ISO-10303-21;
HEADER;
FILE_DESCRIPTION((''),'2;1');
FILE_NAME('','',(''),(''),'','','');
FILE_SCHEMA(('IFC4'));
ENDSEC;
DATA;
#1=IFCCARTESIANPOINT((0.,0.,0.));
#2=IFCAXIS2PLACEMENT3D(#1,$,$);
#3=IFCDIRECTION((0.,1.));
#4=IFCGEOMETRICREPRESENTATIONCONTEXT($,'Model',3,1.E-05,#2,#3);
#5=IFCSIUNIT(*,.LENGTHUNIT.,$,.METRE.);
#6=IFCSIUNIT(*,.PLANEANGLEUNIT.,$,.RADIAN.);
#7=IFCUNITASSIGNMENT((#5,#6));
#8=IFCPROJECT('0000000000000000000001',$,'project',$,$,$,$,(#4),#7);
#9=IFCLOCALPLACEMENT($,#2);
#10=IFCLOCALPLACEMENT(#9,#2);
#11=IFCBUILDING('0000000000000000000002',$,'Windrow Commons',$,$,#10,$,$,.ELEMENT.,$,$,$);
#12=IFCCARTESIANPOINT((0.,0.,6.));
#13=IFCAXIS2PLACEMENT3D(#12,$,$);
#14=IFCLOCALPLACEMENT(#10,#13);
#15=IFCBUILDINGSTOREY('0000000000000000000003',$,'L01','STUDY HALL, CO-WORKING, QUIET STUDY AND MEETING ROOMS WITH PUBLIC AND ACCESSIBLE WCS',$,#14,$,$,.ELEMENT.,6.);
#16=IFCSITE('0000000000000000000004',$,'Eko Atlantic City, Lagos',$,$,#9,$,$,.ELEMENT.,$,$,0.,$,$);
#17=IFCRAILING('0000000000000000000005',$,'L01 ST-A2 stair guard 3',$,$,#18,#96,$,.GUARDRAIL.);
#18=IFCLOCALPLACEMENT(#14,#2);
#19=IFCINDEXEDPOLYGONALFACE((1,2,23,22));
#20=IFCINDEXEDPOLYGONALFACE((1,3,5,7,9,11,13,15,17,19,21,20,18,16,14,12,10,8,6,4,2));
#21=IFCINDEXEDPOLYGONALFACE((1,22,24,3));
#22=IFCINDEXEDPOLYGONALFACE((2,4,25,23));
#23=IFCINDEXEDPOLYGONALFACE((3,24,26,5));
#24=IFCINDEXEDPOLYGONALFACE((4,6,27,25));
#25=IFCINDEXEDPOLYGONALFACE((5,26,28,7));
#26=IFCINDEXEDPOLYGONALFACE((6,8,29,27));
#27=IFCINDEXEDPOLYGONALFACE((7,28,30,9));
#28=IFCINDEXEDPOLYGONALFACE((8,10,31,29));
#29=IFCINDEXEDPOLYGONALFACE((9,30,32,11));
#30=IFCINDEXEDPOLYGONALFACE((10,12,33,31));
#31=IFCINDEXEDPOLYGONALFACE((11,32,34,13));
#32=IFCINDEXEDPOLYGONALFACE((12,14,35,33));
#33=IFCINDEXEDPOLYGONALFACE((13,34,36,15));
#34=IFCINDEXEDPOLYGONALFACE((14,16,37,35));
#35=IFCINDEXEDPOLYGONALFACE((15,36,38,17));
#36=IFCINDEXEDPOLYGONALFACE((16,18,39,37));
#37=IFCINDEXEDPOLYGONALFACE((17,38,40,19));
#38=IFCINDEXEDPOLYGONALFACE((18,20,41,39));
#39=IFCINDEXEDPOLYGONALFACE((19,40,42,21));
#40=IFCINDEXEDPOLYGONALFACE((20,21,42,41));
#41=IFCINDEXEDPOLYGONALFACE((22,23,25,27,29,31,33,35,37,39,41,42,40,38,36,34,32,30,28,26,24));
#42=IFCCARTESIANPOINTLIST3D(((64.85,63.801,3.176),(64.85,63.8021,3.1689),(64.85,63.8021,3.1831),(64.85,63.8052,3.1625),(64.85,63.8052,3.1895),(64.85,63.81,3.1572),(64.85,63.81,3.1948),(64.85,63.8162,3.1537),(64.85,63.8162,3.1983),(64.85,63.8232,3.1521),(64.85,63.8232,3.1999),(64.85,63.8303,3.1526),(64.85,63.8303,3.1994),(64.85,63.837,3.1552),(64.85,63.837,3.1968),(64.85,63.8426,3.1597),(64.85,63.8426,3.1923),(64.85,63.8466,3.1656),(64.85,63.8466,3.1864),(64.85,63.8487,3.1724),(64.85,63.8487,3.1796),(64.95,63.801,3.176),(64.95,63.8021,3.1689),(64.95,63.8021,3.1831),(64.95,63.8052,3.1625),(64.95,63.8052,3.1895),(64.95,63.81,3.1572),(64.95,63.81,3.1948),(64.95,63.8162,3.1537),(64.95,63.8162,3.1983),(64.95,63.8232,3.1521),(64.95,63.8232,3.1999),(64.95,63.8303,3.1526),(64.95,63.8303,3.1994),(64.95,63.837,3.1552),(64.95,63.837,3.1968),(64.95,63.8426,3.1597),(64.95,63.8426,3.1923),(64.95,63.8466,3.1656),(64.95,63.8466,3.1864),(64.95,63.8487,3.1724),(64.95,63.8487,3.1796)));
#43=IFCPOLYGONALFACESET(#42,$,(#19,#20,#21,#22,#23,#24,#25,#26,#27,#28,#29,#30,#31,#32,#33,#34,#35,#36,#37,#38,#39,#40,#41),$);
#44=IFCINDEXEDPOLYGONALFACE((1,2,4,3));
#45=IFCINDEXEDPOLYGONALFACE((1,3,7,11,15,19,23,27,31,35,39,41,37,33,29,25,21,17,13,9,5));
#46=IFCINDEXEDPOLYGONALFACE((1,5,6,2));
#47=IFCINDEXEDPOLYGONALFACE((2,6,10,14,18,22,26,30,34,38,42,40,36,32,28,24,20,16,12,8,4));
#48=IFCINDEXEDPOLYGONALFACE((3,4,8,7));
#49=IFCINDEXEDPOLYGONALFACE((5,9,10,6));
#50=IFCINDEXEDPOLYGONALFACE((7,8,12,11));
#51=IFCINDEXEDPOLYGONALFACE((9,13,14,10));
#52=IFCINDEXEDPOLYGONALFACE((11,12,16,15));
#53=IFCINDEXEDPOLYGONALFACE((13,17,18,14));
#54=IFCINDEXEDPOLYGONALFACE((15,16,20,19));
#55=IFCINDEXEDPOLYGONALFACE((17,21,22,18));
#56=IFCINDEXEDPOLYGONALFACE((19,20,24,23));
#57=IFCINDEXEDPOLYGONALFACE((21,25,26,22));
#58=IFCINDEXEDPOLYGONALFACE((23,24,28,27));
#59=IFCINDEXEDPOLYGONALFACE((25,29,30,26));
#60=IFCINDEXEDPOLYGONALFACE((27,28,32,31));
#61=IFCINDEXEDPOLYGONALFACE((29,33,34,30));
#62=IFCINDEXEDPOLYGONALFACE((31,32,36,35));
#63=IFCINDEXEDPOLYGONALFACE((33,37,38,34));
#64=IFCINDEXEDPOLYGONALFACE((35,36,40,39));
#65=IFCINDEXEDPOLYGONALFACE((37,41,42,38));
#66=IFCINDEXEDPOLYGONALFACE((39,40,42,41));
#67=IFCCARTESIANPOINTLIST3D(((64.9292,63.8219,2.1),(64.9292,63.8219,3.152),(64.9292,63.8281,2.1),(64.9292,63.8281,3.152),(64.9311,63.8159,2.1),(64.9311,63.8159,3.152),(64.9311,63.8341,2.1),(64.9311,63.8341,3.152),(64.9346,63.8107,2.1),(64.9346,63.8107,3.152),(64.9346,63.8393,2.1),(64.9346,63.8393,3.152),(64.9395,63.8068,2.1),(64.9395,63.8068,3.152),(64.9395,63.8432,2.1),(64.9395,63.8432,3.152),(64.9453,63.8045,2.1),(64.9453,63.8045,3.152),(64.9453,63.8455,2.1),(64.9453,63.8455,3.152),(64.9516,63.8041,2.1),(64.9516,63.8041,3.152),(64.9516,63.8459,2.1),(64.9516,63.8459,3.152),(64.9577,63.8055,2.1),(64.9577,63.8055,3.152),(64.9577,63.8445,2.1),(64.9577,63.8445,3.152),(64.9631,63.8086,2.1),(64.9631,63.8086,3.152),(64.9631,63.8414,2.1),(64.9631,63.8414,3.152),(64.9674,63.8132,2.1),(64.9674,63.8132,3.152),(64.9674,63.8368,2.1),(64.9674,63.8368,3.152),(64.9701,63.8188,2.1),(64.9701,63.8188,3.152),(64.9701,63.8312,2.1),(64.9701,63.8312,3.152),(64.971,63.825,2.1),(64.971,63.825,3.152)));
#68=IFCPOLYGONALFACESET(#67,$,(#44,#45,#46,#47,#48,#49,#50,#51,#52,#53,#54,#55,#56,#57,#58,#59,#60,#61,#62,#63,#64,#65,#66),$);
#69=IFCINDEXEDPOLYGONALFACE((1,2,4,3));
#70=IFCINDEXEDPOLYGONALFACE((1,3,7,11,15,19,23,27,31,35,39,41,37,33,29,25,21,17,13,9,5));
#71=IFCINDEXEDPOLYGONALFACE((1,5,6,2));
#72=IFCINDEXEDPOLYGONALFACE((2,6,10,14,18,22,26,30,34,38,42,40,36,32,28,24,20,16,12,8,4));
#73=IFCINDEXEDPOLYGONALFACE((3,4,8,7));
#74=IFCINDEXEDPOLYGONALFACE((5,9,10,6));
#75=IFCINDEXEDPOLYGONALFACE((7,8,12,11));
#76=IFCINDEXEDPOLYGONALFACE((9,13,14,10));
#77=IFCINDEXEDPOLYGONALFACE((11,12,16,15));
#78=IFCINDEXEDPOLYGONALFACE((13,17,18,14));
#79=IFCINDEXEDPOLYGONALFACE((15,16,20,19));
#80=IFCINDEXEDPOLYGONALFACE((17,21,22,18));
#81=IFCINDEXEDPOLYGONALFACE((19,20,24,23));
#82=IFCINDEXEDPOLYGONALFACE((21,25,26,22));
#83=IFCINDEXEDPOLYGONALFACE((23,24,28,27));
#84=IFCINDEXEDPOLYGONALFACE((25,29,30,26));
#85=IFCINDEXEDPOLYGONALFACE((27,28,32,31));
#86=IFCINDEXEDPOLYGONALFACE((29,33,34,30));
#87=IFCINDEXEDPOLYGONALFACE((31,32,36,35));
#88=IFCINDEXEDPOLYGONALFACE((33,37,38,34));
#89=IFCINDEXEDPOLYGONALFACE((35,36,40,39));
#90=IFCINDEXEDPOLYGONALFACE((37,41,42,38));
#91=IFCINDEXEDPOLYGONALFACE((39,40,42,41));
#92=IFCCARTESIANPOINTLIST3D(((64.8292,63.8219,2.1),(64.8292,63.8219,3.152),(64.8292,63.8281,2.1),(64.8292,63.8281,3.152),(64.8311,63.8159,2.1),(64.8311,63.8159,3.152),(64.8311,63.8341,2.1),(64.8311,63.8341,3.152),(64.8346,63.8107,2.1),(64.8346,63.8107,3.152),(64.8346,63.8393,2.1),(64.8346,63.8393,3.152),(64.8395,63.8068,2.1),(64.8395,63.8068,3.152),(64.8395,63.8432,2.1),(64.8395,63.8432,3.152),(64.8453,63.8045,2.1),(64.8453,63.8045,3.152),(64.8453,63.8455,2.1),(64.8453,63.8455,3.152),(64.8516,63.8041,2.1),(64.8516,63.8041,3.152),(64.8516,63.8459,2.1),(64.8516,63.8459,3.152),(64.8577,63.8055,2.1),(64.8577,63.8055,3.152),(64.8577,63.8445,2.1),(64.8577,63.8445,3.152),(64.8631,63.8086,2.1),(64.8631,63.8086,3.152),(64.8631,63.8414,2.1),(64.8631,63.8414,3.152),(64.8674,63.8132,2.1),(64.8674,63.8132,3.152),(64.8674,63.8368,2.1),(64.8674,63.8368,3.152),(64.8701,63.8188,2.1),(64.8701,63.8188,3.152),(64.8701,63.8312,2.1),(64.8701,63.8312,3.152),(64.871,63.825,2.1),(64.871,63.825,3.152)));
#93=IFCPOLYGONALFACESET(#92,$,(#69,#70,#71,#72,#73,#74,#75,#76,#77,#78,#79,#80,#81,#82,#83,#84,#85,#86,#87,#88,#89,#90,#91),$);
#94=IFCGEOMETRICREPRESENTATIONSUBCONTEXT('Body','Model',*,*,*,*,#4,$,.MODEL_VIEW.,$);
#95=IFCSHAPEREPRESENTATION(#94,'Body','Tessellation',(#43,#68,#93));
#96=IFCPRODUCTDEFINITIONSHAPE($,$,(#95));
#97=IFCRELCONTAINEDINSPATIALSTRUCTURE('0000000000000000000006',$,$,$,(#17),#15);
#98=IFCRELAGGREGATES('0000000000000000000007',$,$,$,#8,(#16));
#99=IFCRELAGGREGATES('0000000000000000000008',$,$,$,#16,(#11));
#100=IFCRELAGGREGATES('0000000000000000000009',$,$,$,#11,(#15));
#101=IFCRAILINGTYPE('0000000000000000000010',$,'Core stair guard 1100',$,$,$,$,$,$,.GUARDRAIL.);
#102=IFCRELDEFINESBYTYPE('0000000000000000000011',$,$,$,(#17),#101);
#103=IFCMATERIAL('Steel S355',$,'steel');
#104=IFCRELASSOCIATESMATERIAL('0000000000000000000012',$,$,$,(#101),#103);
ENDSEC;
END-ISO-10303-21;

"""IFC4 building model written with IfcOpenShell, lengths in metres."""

from ifc_helpers import new_model, si_unit, direction, frame, origin, origin_2d, place, context, subcontext, project, spatial, circle, extrude, material, type_object, element, save


model = new_model("IFC4")

# Units and contexts
model_context = context("Model", 3, precision=1e-05, world=origin(), true_north=direction((0.0, 1.0)))
body_context = subcontext(model_context, "Body", "Model", "MODEL_VIEW")
ifc_project = project(units=[si_unit("LENGTHUNIT", "METRE"), si_unit("PLANEANGLEUNIT", "RADIAN")], contexts=[model_context])

# Site, building, storey
site_placement = place(None, origin())
site = spatial("IfcSite", under=ifc_project, at=site_placement, Name="Eko Atlantic City, Lagos", CompositionType="ELEMENT", RefElevation=0.0)
building_placement = place(site_placement, origin())
building = spatial("IfcBuilding", under=site, at=building_placement, Name="Windrow Commons", CompositionType="ELEMENT")
storey_placement = place(building_placement, frame((0.0, 0.0, 6.0)))
storey = spatial("IfcBuildingStorey", under=building, at=storey_placement, Name="L01", Description="STUDY HALL, CO-WORKING, QUIET STUDY AND MEETING ROOMS WITH PUBLIC AND ACCESSIBLE WCS", CompositionType="ELEMENT", Elevation=6.0)

# Railing
ifc_material_1 = material(Name="Steel S355", Category="steel")
railing_type_1 = type_object("IfcRailingType", Name="Core stair guard 1100", PredefinedType="GUARDRAIL", material=ifc_material_1)
railing_1_placement = place(storey_placement, frame((64.95, 63.825, 2.1)))
element("IfcRailing", 1, at=railing_1_placement, inside=storey, type_object=railing_type_1, Name="L01 ST-A2 stair guard 3", PredefinedType="GUARDRAIL", context=body_context, shape_type="SweptSolid", body=[
    extrude(circle(Radius=0.024, at=origin_2d()), frame((0.0, 0.0, 1.076), z_axis=(-1.0, 0.0, 0.0), x_axis=(0.0, -1.0, 0.0)), (0.0, 0.0, 1.0), 0.1),
    extrude(circle(Radius=0.021, at=origin_2d()), origin(), (0.0, 0.0, 1.0), 1.052),
    extrude(circle(Radius=0.021, at=origin_2d()), frame((-0.1, 0.0, 0.0)), (0.0, 0.0, 1.0), 1.052),
])

save(model, "model.ifc")
